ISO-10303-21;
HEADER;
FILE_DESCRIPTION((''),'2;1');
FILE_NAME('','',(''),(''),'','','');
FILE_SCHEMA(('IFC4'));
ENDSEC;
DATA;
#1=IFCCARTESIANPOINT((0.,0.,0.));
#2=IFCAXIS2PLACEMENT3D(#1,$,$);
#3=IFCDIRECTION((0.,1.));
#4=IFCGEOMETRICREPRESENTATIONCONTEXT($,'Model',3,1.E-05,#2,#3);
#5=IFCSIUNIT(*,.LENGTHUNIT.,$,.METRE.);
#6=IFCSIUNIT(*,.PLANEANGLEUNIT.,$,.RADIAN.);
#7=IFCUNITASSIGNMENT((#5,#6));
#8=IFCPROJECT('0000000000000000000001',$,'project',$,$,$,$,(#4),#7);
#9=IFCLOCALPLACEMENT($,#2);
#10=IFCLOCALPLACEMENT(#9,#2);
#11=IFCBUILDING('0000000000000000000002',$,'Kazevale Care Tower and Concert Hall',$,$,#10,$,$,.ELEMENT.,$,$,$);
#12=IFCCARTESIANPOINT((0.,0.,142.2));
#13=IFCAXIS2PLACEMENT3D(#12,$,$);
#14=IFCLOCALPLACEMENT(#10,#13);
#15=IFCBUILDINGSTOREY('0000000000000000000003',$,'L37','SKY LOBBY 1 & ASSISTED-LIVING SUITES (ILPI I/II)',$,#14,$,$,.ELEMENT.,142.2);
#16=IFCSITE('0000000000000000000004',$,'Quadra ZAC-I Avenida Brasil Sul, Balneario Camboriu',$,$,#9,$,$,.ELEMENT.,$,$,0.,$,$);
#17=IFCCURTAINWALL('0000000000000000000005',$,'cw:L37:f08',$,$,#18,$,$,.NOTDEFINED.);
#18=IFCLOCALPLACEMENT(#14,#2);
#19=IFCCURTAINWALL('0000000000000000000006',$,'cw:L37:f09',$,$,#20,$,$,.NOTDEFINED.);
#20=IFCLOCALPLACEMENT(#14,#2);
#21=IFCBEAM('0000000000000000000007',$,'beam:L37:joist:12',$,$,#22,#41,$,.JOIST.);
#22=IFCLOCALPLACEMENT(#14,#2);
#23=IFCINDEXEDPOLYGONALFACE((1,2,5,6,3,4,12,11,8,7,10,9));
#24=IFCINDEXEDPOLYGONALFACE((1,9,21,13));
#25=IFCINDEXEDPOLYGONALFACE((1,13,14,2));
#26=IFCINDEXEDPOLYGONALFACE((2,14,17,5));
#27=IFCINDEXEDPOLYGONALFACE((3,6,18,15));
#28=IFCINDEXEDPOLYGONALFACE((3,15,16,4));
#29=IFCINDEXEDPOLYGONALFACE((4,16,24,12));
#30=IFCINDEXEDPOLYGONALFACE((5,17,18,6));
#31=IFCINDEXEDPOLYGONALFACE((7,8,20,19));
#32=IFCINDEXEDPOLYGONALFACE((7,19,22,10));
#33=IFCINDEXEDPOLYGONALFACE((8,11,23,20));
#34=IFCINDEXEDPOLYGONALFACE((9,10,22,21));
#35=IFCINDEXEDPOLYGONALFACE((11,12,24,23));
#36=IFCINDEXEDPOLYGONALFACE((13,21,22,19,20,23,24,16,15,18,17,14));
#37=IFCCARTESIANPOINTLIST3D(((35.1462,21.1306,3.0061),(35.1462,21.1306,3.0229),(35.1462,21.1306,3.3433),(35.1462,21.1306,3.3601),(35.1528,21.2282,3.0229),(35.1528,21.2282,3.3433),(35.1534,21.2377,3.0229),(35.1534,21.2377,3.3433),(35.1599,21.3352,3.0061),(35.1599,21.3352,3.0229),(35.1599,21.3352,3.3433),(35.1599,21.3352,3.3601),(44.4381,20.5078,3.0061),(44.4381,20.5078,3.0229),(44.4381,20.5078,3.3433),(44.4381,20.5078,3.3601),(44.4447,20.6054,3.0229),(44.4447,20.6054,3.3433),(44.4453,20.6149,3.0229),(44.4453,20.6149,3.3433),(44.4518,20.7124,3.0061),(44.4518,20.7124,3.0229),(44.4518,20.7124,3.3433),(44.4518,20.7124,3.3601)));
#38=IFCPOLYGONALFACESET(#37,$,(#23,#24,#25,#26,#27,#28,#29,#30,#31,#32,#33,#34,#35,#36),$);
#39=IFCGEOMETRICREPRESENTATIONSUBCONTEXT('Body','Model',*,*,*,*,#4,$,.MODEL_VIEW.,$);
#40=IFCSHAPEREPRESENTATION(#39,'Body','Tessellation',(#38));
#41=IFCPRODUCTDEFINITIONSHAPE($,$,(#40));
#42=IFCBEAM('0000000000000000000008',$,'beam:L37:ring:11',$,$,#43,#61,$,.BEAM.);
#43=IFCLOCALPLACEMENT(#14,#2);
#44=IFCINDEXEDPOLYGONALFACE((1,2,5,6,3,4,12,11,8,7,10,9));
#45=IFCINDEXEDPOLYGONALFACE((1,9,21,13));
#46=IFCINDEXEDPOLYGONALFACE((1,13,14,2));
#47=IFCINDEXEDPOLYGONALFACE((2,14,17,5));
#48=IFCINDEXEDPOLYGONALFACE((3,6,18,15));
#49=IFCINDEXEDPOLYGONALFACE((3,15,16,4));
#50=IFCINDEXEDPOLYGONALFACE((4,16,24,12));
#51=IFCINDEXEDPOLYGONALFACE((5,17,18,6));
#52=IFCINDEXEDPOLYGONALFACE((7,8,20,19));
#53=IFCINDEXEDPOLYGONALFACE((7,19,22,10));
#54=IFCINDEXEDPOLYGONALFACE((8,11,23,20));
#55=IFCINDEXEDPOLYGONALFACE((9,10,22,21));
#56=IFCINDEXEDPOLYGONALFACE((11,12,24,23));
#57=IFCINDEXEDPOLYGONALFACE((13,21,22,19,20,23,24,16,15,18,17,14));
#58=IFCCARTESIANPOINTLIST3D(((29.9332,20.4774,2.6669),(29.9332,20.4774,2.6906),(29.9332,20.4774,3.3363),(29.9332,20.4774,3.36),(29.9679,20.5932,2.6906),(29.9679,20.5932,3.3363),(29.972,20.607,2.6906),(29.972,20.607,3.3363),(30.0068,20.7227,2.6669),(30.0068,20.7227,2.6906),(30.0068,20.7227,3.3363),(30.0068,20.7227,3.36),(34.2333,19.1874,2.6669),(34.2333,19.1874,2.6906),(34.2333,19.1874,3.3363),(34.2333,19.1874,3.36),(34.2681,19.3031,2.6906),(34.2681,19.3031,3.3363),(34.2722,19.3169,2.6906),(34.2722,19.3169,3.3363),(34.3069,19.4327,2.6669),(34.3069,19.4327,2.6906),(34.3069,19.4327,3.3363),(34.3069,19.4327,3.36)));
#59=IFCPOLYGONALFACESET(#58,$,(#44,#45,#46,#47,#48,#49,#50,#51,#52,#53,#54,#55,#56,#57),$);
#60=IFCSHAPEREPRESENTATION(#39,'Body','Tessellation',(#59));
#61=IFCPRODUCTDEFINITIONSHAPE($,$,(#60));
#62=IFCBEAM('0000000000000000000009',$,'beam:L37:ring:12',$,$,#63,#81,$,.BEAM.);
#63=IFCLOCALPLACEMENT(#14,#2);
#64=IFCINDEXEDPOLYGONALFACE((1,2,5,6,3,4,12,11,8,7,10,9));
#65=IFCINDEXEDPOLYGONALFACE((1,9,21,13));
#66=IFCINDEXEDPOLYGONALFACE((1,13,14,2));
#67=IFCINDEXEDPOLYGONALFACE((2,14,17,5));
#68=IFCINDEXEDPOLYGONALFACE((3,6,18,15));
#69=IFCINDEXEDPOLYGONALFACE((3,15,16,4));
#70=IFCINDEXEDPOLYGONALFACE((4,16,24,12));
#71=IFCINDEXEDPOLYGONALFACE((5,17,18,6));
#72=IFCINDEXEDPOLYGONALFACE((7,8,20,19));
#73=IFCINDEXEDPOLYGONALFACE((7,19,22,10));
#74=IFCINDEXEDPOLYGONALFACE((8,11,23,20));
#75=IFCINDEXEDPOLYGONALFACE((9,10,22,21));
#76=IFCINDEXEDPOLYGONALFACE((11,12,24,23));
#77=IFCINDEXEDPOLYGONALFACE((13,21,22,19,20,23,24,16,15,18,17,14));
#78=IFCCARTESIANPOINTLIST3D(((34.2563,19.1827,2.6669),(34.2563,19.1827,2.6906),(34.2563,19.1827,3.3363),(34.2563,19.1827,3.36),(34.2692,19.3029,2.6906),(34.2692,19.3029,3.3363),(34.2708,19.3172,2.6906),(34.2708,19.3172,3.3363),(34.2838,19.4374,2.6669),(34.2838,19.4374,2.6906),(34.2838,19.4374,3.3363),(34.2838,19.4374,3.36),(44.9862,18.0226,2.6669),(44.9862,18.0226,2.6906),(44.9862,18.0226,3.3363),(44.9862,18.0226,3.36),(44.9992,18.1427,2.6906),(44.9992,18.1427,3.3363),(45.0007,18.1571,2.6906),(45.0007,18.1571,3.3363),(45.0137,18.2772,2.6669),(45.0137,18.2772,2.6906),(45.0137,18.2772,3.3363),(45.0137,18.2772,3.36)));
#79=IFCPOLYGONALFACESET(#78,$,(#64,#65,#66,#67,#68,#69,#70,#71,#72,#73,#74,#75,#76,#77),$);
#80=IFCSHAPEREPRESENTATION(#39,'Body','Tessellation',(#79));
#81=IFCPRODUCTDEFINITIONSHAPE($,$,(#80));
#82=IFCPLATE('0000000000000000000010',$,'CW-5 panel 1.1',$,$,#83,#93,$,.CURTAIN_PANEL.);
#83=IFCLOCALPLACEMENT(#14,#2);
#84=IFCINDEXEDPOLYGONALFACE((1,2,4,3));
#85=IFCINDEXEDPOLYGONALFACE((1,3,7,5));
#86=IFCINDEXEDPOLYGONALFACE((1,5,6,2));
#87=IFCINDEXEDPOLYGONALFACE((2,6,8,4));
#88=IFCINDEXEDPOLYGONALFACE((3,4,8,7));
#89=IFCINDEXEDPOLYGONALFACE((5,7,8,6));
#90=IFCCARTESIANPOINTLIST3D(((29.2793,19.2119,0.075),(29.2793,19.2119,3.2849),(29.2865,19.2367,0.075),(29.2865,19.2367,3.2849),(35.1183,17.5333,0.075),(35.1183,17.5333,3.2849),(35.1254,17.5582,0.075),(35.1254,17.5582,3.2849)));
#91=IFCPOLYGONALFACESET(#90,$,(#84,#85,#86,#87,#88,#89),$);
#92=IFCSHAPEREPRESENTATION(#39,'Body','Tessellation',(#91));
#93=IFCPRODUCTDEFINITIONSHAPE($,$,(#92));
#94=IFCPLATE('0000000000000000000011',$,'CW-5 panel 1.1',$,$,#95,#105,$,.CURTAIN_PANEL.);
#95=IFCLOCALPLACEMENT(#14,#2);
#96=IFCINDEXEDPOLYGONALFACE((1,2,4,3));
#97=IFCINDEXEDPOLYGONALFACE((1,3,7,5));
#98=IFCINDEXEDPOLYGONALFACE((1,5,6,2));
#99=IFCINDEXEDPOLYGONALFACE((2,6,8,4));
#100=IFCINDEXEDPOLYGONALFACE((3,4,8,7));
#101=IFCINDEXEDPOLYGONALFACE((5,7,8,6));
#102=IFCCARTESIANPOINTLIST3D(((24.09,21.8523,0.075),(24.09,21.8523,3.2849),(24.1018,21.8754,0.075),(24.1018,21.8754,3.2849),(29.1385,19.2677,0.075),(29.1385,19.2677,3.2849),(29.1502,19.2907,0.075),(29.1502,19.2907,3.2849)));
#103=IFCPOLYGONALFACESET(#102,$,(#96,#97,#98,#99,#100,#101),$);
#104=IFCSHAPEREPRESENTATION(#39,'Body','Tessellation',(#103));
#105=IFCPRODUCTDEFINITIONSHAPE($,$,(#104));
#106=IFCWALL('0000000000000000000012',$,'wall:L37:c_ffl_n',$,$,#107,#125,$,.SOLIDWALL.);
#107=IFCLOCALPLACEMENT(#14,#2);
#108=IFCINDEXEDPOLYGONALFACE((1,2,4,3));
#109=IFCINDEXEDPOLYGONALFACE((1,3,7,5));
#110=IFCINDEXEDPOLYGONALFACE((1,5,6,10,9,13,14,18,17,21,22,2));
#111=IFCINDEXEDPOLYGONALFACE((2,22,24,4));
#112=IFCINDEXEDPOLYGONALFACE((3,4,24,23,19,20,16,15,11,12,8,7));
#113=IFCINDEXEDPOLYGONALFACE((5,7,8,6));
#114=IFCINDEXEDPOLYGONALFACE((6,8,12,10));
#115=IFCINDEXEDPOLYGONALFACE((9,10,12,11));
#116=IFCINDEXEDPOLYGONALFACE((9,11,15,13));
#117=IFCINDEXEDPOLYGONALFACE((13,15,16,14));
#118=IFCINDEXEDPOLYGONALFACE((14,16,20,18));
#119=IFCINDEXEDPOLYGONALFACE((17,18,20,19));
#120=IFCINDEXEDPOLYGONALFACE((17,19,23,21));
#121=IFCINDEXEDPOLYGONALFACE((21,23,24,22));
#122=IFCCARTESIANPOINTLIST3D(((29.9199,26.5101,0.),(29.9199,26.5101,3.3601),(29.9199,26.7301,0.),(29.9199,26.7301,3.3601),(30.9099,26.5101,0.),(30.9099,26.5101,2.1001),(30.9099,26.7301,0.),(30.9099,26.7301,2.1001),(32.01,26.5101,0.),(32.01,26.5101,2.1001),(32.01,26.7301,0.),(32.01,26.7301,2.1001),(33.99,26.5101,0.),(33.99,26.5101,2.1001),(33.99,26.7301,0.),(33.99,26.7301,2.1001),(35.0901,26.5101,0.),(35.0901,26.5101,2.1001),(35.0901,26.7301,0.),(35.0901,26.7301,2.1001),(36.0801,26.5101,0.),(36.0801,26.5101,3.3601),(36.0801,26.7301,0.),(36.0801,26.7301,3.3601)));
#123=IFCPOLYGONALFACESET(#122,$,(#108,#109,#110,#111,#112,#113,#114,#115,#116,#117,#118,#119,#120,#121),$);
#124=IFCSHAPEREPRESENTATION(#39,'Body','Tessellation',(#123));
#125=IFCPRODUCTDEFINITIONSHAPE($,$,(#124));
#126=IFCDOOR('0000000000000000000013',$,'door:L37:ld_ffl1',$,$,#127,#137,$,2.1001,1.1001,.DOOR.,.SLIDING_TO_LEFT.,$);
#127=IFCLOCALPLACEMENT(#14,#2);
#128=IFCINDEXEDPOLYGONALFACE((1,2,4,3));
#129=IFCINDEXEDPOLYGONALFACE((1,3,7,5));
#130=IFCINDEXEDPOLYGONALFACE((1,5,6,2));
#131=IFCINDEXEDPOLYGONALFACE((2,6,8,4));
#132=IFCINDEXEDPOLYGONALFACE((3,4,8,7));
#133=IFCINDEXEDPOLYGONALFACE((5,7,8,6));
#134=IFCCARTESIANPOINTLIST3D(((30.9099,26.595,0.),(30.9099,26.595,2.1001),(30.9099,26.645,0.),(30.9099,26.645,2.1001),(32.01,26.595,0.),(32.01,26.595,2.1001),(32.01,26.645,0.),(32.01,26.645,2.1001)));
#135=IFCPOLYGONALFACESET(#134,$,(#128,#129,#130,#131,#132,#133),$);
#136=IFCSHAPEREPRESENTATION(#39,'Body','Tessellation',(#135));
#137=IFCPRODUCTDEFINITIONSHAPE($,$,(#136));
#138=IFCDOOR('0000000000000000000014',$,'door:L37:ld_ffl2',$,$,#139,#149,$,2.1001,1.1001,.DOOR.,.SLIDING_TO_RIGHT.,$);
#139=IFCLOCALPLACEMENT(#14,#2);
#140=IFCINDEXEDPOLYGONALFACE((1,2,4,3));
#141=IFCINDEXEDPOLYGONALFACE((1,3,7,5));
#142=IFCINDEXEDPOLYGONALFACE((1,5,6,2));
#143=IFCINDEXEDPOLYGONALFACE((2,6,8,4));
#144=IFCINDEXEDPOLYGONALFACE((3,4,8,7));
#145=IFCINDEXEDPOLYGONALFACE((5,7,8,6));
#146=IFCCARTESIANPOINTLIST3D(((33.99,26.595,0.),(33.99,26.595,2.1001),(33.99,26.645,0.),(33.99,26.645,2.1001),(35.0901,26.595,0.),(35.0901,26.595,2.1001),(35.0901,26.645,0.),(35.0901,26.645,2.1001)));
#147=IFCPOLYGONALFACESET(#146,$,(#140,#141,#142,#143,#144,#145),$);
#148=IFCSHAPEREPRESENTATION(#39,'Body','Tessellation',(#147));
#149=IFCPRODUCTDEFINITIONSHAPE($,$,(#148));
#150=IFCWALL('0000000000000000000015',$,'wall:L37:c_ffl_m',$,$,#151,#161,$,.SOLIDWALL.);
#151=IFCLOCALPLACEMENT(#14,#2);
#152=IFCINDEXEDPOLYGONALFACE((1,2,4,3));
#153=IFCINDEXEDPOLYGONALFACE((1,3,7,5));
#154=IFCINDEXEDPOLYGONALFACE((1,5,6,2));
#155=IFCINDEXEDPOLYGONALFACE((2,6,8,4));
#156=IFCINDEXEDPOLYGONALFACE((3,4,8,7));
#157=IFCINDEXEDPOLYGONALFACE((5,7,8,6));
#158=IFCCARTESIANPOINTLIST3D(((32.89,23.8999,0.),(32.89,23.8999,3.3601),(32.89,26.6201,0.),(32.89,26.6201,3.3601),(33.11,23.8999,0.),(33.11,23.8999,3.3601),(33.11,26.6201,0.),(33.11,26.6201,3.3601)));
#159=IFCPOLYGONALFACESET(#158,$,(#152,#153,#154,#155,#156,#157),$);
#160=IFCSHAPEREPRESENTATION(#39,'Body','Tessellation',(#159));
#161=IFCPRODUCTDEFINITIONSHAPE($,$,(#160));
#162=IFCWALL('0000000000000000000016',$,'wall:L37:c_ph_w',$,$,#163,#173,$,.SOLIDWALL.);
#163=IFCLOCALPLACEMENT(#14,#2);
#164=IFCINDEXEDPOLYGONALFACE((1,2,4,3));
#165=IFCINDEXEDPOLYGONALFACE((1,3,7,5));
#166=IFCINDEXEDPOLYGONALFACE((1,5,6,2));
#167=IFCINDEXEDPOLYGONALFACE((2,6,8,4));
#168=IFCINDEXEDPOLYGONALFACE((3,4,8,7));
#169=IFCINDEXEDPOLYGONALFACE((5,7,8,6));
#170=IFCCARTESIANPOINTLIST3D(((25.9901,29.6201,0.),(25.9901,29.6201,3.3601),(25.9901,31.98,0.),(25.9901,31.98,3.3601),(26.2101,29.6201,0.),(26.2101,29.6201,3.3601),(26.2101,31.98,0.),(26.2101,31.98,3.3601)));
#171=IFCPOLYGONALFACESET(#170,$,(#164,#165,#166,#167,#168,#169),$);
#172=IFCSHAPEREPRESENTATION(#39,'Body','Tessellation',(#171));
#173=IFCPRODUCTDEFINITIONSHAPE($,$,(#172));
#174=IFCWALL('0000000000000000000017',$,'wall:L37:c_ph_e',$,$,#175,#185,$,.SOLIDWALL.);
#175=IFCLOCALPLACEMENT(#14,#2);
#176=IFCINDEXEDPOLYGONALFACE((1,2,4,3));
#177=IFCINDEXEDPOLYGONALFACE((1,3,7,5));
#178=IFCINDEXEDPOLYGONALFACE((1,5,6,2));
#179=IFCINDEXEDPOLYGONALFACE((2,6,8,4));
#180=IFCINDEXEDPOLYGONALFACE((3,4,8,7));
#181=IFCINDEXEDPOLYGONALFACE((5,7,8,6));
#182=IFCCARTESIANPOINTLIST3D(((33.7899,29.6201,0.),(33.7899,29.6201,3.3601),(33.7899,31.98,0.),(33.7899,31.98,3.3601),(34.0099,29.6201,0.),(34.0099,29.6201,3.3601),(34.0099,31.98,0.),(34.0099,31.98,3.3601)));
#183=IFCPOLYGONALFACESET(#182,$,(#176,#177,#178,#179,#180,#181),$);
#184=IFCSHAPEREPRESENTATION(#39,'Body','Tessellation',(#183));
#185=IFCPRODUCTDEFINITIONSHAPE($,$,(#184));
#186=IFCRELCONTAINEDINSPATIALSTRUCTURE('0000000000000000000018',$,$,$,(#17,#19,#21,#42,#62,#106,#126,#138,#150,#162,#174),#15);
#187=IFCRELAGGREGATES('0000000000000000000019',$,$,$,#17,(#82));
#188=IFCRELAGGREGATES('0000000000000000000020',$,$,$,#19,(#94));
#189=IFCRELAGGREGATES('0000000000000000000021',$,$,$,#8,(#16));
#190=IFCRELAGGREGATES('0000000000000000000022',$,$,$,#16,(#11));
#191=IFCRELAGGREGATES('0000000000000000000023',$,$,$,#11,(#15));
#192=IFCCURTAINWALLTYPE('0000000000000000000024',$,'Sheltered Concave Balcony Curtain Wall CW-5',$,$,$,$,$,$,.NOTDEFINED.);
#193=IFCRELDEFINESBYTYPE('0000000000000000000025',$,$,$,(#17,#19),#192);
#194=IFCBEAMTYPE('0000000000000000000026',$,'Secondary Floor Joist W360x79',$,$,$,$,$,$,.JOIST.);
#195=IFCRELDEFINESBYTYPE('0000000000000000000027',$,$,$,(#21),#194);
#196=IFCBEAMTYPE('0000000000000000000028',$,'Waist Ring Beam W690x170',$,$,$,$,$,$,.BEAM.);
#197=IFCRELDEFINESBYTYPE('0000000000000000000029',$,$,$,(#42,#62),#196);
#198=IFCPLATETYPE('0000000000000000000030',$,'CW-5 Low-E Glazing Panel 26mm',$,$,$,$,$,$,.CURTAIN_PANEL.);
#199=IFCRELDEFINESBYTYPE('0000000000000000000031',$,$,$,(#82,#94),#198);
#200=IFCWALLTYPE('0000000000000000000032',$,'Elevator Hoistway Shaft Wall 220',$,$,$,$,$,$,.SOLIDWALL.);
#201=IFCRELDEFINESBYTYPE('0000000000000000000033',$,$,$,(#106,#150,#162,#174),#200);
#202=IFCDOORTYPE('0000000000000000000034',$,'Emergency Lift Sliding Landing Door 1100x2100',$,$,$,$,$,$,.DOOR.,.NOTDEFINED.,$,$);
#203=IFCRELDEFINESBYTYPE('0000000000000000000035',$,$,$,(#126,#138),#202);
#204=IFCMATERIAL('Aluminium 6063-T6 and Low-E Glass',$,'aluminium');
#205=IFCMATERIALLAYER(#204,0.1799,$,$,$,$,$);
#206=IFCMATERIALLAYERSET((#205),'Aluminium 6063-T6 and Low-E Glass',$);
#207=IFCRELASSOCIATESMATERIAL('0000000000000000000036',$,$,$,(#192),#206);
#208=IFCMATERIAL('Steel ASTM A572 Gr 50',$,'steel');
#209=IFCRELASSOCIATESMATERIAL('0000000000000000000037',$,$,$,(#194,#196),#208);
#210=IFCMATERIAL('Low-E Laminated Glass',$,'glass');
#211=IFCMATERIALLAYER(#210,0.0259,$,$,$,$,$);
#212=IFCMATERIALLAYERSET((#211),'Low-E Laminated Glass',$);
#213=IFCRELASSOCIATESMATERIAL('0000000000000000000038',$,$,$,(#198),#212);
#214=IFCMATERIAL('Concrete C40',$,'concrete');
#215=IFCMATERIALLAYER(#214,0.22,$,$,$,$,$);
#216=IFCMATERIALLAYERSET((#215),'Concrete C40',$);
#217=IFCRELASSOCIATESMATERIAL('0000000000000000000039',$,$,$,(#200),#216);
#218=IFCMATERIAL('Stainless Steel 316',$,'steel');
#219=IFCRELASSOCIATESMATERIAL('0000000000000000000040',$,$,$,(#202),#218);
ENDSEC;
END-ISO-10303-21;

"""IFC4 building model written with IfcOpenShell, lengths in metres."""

from ifc_helpers import new_model, si_unit, direction, frame, frame_2d, origin, origin_2d, place, context, subcontext, project, spatial, rectangle, i_section, extrude, material, layer, layer_set, material_profile, profile_set, type_object, element, fill, aggregate, save


model = new_model("IFC4")

# Units and contexts
model_context = context("Model", 3, precision=1e-05, world=origin(), true_north=direction((0.0, 1.0)))
body_context = subcontext(model_context, "Body", "Model", "MODEL_VIEW")
ifc_project = project(units=[si_unit("LENGTHUNIT", "METRE"), si_unit("PLANEANGLEUNIT", "RADIAN")], contexts=[model_context])

# Site, building, storey
site_placement = place(None, origin())
site = spatial("IfcSite", under=ifc_project, at=site_placement, Name="Quadra ZAC-I Avenida Brasil Sul, Balneario Camboriu", CompositionType="ELEMENT", RefElevation=0.0)
building_placement = place(site_placement, origin())
building = spatial("IfcBuilding", under=site, at=building_placement, Name="Kazevale Care Tower and Concert Hall", CompositionType="ELEMENT")
storey_placement = place(building_placement, frame((0.0, 0.0, 142.2)))
storey = spatial("IfcBuildingStorey", under=building, at=storey_placement, Name="L37", Description="SKY LOBBY 1 & ASSISTED-LIVING SUITES (ILPI I/II)", CompositionType="ELEMENT", Elevation=142.2)

# Shared definitions
ifc_material_1 = material(Name="Aluminium 6063-T6 and Low-E Glass", Category="aluminium")
ifc_layer_1 = layer(ifc_material_1, 0.1799)
ifc_layer_set_1 = layer_set([ifc_layer_1], Name="Aluminium 6063-T6 and Low-E Glass")
curtain_wall_type = type_object("IfcCurtainWallType", Name="Sheltered Concave Balcony Curtain Wall CW-5", PredefinedType="NOTDEFINED", material=ifc_layer_set_1)

# Curtain wall
curtain_wall_1_placement = place(storey_placement, origin())
curtain_wall_1 = element("IfcCurtainWall", 1, at=curtain_wall_1_placement, inside=storey, type_object=curtain_wall_type, Name="cw:L37:f08", PredefinedType="NOTDEFINED")

# Curtain wall
curtain_wall_2_placement = place(storey_placement, origin())
curtain_wall_2 = element("IfcCurtainWall", 2, at=curtain_wall_2_placement, inside=storey, type_object=curtain_wall_type, Name="cw:L37:f09", PredefinedType="NOTDEFINED")

# Beams
ifc_material_2 = material(Name="Steel ASTM A572 Gr 50", Category="steel")
ifc_material_profile_1 = material_profile(ifc_material_2, i_section(OverallWidth=0.2051, OverallDepth=0.354, WebThickness=0.0095, FlangeThickness=0.0168, at=origin_2d()), Name="W360x79")
ifc_profile_set_1 = profile_set([ifc_material_profile_1], Name="Steel ASTM A572 Gr 50")
beam_type_1 = type_object("IfcBeamType", Name="Secondary Floor Joist W360x79", PredefinedType="JOIST", material=ifc_profile_set_1)
beam_1_placement = place(storey_placement, frame((35.1531, 21.2329, 3.1831), z_axis=(0.997761, -0.066876, 0.0), x_axis=(0.066876, 0.997761, 0.0)))
element("IfcBeam", 3, at=beam_1_placement, inside=storey, type_object=beam_type_1, Name="beam:L37:joist:12", PredefinedType="JOIST", context=body_context, shape_type="SweptSolid", body=[
    extrude(i_section(OverallWidth=0.2051, OverallDepth=0.354, WebThickness=0.0095, FlangeThickness=0.0168, at=origin_2d()), origin(), (0.0, 0.0, 1.0), 9.3127),
])
ifc_material_profile_2 = material_profile(ifc_material_2, i_section(OverallWidth=0.2561, OverallDepth=0.6931, WebThickness=0.0144, FlangeThickness=0.0237, at=origin_2d()), Name="W690x170")
ifc_profile_set_2 = profile_set([ifc_material_profile_2], Name="Steel ASTM A572 Gr 50")
beam_type_2 = type_object("IfcBeamType", Name="Waist Ring Beam W690x170", PredefinedType="BEAM", material=ifc_profile_set_2)
beam_2_placement = place(storey_placement, frame((29.97, 20.6001, 3.0134), z_axis=(0.957825, -0.287353, 0.0), x_axis=(0.287353, 0.957825, 0.0)))
element("IfcBeam", 4, at=beam_2_placement, inside=storey, type_object=beam_type_2, Name="beam:L37:ring:11", PredefinedType="BEAM", context=body_context, shape_type="SweptSolid", body=[
    extrude(i_section(OverallWidth=0.2561, OverallDepth=0.6931, WebThickness=0.0144, FlangeThickness=0.0237, at=origin_2d()), origin(), (0.0, 0.0, 1.0), 4.4895),
])
beam_3_placement = place(storey_placement, frame((34.27, 19.3101, 3.0134), z_axis=(0.994205, -0.107496, 0.0), x_axis=(0.107496, 0.994205, 0.0)))
element("IfcBeam", 5, at=beam_3_placement, inside=storey, type_object=beam_type_2, Name="beam:L37:ring:12", PredefinedType="BEAM", context=body_context, shape_type="SweptSolid", body=[
    extrude(i_section(OverallWidth=0.2561, OverallDepth=0.6931, WebThickness=0.0144, FlangeThickness=0.0237, at=origin_2d()), origin(), (0.0, 0.0, 1.0), 10.7925),
])

# Plates
ifc_material_3 = material(Name="Low-E Laminated Glass", Category="glass")
ifc_layer_2 = layer(ifc_material_3, 0.0259)
ifc_layer_set_2 = layer_set([ifc_layer_2], Name="Low-E Laminated Glass")
plate_type = type_object("IfcPlateType", Name="CW-5 Low-E Glazing Panel 26mm", PredefinedType="CURTAIN_PANEL", material=ifc_layer_set_2)
plate_1_placement = place(storey_placement, frame((32.2024, 18.385, 0.075), z_axis=(0.0, 0.0, 1.0), x_axis=(-0.961074, 0.276291, 0.0)))
plate_1 = element("IfcPlate", 6, at=plate_1_placement, type_object=plate_type, Name="CW-5 panel 1.1", PredefinedType="CURTAIN_PANEL", context=body_context, shape_type="SweptSolid", body=[
    extrude(rectangle(XDim=6.0754, YDim=0.0259, at=origin_2d()), origin(), (0.0, 0.0, 1.0), 3.21),
])
aggregate(curtain_wall_1, [plate_1])
plate_2_placement = place(storey_placement, frame((26.6201, 20.5715, 0.075), z_axis=(0.0, 0.0, 1.0), x_axis=(-0.890127, 0.455713, 0.0)))
plate_2 = element("IfcPlate", 7, at=plate_2_placement, type_object=plate_type, Name="CW-5 panel 1.1", PredefinedType="CURTAIN_PANEL", context=body_context, shape_type="SweptSolid", body=[
    extrude(rectangle(XDim=5.6716, YDim=0.0259, at=origin_2d()), origin(), (0.0, 0.0, 1.0), 3.21),
])
aggregate(curtain_wall_2, [plate_2])

# Wall, openings, doors
ifc_material_4 = material(Name="Concrete C40", Category="concrete")
ifc_layer_3 = layer(ifc_material_4, 0.22)
ifc_layer_set_3 = layer_set([ifc_layer_3], Name="Concrete C40")
wall_type_1 = type_object("IfcWallType", Name="Elevator Hoistway Shaft Wall 220", PredefinedType="SOLIDWALL", material=ifc_layer_set_3)
wall_1_placement = place(storey_placement, frame((29.9199, 26.6201, 0.0), z_axis=(0.0, 0.0, 1.0), x_axis=(1.0, 0.0, 0.0)))
wall_1 = element("IfcWall", 8, at=wall_1_placement, inside=storey, type_object=wall_type_1, Name="wall:L37:c_ffl_n", PredefinedType="SOLIDWALL", context=body_context, shape_type="SweptSolid", body=[
    extrude(rectangle(XDim=6.1602, YDim=0.22, at=frame_2d((3.0801, 0.0))), origin(), (0.0, 0.0, 1.0), 3.3601),
])
opening_1_placement = place(wall_1_placement, frame((0.99, 0.0, 0.0)))
opening_1 = element("IfcOpeningElement", 9, at=opening_1_placement, cuts=wall_1, PredefinedType="OPENING", context=body_context, shape_type="SweptSolid", body=[
    extrude(rectangle(XDim=1.1001, YDim=2.1001, at=frame_2d((0.55, 1.05))), frame((0.0, 0.1199, 0.0), z_axis=(0.0, -1.0, 0.0), x_axis=(1.0, 0.0, 0.0)), (0.0, 0.0, 1.0), 0.24),
])
opening_2_placement = place(wall_1_placement, frame((4.0701, 0.0, 0.0)))
opening_2 = element("IfcOpeningElement", 10, at=opening_2_placement, cuts=wall_1, PredefinedType="OPENING", context=body_context, shape_type="SweptSolid", body=[
    extrude(rectangle(XDim=1.1001, YDim=2.1001, at=frame_2d((0.55, 1.05))), frame((0.0, 0.1199, 0.0), z_axis=(0.0, -1.0, 0.0), x_axis=(1.0, 0.0, 0.0)), (0.0, 0.0, 1.0), 0.24),
])
ifc_material_5 = material(Name="Stainless Steel 316", Category="steel")
door_type_1 = type_object("IfcDoorType", Name="Emergency Lift Sliding Landing Door 1100x2100", OperationType="NOTDEFINED", PredefinedType="DOOR", material=ifc_material_5)
door_1_placement = place(opening_1_placement, origin())
door_1 = element("IfcDoor", 11, at=door_1_placement, inside=storey, type_object=door_type_1, Name="door:L37:ld_ffl1", OperationType="SLIDING_TO_LEFT", OverallHeight=2.1001, OverallWidth=1.1001, PredefinedType="DOOR", context=body_context, shape_type="SweptSolid", body=[
    extrude(rectangle(XDim=1.1001, YDim=2.1001, at=frame_2d((0.55, 1.05))), frame((0.0, 0.0249, 0.0), z_axis=(0.0, -1.0, 0.0), x_axis=(1.0, 0.0, 0.0)), (0.0, 0.0, 1.0), 0.05),
])
fill(opening_1, door_1)
door_2_placement = place(opening_2_placement, origin())
door_2 = element("IfcDoor", 12, at=door_2_placement, inside=storey, type_object=door_type_1, Name="door:L37:ld_ffl2", OperationType="SLIDING_TO_RIGHT", OverallHeight=2.1001, OverallWidth=1.1001, PredefinedType="DOOR", context=body_context, shape_type="SweptSolid", body=[
    extrude(rectangle(XDim=1.1001, YDim=2.1001, at=frame_2d((0.55, 1.05))), frame((0.0, 0.0249, 0.0), z_axis=(0.0, -1.0, 0.0), x_axis=(1.0, 0.0, 0.0)), (0.0, 0.0, 1.0), 0.05),
])
fill(opening_2, door_2)

# Walls
wall_2_placement = place(storey_placement, frame((33.0, 23.8999, 0.0), z_axis=(0.0, 0.0, 1.0), x_axis=(0.0, 1.0, 0.0)))
element("IfcWall", 13, at=wall_2_placement, inside=storey, type_object=wall_type_1, Name="wall:L37:c_ffl_m", PredefinedType="SOLIDWALL", context=body_context, shape_type="SweptSolid", body=[
    extrude(rectangle(XDim=2.7202, YDim=0.22, at=frame_2d((1.3601, 0.0))), origin(), (0.0, 0.0, 1.0), 3.3601),
])
for number, where, z_axis, x_axis, name in (
    (14, (26.1001, 29.6201, 0.0), (0.0, 0.0, 1.0), (0.0, 1.0, 0.0), "wall:L37:c_ph_w"),
    (15, (33.8999, 29.6201, 0.0), (0.0, 0.0, 1.0), (0.0, 1.0, 0.0), "wall:L37:c_ph_e"),
):
    element("IfcWall", number, at=place(storey_placement, frame(where, z_axis=z_axis, x_axis=x_axis)), inside=storey, type_object=wall_type_1, Name=name, PredefinedType="SOLIDWALL", context=body_context, shape_type="SweptSolid", body=[
        extrude(rectangle(XDim=2.3599, YDim=0.22, at=frame_2d((1.1799, 0.0))), origin(), (0.0, 0.0, 1.0), 3.3601),
    ])

save(model, "model.ifc")
